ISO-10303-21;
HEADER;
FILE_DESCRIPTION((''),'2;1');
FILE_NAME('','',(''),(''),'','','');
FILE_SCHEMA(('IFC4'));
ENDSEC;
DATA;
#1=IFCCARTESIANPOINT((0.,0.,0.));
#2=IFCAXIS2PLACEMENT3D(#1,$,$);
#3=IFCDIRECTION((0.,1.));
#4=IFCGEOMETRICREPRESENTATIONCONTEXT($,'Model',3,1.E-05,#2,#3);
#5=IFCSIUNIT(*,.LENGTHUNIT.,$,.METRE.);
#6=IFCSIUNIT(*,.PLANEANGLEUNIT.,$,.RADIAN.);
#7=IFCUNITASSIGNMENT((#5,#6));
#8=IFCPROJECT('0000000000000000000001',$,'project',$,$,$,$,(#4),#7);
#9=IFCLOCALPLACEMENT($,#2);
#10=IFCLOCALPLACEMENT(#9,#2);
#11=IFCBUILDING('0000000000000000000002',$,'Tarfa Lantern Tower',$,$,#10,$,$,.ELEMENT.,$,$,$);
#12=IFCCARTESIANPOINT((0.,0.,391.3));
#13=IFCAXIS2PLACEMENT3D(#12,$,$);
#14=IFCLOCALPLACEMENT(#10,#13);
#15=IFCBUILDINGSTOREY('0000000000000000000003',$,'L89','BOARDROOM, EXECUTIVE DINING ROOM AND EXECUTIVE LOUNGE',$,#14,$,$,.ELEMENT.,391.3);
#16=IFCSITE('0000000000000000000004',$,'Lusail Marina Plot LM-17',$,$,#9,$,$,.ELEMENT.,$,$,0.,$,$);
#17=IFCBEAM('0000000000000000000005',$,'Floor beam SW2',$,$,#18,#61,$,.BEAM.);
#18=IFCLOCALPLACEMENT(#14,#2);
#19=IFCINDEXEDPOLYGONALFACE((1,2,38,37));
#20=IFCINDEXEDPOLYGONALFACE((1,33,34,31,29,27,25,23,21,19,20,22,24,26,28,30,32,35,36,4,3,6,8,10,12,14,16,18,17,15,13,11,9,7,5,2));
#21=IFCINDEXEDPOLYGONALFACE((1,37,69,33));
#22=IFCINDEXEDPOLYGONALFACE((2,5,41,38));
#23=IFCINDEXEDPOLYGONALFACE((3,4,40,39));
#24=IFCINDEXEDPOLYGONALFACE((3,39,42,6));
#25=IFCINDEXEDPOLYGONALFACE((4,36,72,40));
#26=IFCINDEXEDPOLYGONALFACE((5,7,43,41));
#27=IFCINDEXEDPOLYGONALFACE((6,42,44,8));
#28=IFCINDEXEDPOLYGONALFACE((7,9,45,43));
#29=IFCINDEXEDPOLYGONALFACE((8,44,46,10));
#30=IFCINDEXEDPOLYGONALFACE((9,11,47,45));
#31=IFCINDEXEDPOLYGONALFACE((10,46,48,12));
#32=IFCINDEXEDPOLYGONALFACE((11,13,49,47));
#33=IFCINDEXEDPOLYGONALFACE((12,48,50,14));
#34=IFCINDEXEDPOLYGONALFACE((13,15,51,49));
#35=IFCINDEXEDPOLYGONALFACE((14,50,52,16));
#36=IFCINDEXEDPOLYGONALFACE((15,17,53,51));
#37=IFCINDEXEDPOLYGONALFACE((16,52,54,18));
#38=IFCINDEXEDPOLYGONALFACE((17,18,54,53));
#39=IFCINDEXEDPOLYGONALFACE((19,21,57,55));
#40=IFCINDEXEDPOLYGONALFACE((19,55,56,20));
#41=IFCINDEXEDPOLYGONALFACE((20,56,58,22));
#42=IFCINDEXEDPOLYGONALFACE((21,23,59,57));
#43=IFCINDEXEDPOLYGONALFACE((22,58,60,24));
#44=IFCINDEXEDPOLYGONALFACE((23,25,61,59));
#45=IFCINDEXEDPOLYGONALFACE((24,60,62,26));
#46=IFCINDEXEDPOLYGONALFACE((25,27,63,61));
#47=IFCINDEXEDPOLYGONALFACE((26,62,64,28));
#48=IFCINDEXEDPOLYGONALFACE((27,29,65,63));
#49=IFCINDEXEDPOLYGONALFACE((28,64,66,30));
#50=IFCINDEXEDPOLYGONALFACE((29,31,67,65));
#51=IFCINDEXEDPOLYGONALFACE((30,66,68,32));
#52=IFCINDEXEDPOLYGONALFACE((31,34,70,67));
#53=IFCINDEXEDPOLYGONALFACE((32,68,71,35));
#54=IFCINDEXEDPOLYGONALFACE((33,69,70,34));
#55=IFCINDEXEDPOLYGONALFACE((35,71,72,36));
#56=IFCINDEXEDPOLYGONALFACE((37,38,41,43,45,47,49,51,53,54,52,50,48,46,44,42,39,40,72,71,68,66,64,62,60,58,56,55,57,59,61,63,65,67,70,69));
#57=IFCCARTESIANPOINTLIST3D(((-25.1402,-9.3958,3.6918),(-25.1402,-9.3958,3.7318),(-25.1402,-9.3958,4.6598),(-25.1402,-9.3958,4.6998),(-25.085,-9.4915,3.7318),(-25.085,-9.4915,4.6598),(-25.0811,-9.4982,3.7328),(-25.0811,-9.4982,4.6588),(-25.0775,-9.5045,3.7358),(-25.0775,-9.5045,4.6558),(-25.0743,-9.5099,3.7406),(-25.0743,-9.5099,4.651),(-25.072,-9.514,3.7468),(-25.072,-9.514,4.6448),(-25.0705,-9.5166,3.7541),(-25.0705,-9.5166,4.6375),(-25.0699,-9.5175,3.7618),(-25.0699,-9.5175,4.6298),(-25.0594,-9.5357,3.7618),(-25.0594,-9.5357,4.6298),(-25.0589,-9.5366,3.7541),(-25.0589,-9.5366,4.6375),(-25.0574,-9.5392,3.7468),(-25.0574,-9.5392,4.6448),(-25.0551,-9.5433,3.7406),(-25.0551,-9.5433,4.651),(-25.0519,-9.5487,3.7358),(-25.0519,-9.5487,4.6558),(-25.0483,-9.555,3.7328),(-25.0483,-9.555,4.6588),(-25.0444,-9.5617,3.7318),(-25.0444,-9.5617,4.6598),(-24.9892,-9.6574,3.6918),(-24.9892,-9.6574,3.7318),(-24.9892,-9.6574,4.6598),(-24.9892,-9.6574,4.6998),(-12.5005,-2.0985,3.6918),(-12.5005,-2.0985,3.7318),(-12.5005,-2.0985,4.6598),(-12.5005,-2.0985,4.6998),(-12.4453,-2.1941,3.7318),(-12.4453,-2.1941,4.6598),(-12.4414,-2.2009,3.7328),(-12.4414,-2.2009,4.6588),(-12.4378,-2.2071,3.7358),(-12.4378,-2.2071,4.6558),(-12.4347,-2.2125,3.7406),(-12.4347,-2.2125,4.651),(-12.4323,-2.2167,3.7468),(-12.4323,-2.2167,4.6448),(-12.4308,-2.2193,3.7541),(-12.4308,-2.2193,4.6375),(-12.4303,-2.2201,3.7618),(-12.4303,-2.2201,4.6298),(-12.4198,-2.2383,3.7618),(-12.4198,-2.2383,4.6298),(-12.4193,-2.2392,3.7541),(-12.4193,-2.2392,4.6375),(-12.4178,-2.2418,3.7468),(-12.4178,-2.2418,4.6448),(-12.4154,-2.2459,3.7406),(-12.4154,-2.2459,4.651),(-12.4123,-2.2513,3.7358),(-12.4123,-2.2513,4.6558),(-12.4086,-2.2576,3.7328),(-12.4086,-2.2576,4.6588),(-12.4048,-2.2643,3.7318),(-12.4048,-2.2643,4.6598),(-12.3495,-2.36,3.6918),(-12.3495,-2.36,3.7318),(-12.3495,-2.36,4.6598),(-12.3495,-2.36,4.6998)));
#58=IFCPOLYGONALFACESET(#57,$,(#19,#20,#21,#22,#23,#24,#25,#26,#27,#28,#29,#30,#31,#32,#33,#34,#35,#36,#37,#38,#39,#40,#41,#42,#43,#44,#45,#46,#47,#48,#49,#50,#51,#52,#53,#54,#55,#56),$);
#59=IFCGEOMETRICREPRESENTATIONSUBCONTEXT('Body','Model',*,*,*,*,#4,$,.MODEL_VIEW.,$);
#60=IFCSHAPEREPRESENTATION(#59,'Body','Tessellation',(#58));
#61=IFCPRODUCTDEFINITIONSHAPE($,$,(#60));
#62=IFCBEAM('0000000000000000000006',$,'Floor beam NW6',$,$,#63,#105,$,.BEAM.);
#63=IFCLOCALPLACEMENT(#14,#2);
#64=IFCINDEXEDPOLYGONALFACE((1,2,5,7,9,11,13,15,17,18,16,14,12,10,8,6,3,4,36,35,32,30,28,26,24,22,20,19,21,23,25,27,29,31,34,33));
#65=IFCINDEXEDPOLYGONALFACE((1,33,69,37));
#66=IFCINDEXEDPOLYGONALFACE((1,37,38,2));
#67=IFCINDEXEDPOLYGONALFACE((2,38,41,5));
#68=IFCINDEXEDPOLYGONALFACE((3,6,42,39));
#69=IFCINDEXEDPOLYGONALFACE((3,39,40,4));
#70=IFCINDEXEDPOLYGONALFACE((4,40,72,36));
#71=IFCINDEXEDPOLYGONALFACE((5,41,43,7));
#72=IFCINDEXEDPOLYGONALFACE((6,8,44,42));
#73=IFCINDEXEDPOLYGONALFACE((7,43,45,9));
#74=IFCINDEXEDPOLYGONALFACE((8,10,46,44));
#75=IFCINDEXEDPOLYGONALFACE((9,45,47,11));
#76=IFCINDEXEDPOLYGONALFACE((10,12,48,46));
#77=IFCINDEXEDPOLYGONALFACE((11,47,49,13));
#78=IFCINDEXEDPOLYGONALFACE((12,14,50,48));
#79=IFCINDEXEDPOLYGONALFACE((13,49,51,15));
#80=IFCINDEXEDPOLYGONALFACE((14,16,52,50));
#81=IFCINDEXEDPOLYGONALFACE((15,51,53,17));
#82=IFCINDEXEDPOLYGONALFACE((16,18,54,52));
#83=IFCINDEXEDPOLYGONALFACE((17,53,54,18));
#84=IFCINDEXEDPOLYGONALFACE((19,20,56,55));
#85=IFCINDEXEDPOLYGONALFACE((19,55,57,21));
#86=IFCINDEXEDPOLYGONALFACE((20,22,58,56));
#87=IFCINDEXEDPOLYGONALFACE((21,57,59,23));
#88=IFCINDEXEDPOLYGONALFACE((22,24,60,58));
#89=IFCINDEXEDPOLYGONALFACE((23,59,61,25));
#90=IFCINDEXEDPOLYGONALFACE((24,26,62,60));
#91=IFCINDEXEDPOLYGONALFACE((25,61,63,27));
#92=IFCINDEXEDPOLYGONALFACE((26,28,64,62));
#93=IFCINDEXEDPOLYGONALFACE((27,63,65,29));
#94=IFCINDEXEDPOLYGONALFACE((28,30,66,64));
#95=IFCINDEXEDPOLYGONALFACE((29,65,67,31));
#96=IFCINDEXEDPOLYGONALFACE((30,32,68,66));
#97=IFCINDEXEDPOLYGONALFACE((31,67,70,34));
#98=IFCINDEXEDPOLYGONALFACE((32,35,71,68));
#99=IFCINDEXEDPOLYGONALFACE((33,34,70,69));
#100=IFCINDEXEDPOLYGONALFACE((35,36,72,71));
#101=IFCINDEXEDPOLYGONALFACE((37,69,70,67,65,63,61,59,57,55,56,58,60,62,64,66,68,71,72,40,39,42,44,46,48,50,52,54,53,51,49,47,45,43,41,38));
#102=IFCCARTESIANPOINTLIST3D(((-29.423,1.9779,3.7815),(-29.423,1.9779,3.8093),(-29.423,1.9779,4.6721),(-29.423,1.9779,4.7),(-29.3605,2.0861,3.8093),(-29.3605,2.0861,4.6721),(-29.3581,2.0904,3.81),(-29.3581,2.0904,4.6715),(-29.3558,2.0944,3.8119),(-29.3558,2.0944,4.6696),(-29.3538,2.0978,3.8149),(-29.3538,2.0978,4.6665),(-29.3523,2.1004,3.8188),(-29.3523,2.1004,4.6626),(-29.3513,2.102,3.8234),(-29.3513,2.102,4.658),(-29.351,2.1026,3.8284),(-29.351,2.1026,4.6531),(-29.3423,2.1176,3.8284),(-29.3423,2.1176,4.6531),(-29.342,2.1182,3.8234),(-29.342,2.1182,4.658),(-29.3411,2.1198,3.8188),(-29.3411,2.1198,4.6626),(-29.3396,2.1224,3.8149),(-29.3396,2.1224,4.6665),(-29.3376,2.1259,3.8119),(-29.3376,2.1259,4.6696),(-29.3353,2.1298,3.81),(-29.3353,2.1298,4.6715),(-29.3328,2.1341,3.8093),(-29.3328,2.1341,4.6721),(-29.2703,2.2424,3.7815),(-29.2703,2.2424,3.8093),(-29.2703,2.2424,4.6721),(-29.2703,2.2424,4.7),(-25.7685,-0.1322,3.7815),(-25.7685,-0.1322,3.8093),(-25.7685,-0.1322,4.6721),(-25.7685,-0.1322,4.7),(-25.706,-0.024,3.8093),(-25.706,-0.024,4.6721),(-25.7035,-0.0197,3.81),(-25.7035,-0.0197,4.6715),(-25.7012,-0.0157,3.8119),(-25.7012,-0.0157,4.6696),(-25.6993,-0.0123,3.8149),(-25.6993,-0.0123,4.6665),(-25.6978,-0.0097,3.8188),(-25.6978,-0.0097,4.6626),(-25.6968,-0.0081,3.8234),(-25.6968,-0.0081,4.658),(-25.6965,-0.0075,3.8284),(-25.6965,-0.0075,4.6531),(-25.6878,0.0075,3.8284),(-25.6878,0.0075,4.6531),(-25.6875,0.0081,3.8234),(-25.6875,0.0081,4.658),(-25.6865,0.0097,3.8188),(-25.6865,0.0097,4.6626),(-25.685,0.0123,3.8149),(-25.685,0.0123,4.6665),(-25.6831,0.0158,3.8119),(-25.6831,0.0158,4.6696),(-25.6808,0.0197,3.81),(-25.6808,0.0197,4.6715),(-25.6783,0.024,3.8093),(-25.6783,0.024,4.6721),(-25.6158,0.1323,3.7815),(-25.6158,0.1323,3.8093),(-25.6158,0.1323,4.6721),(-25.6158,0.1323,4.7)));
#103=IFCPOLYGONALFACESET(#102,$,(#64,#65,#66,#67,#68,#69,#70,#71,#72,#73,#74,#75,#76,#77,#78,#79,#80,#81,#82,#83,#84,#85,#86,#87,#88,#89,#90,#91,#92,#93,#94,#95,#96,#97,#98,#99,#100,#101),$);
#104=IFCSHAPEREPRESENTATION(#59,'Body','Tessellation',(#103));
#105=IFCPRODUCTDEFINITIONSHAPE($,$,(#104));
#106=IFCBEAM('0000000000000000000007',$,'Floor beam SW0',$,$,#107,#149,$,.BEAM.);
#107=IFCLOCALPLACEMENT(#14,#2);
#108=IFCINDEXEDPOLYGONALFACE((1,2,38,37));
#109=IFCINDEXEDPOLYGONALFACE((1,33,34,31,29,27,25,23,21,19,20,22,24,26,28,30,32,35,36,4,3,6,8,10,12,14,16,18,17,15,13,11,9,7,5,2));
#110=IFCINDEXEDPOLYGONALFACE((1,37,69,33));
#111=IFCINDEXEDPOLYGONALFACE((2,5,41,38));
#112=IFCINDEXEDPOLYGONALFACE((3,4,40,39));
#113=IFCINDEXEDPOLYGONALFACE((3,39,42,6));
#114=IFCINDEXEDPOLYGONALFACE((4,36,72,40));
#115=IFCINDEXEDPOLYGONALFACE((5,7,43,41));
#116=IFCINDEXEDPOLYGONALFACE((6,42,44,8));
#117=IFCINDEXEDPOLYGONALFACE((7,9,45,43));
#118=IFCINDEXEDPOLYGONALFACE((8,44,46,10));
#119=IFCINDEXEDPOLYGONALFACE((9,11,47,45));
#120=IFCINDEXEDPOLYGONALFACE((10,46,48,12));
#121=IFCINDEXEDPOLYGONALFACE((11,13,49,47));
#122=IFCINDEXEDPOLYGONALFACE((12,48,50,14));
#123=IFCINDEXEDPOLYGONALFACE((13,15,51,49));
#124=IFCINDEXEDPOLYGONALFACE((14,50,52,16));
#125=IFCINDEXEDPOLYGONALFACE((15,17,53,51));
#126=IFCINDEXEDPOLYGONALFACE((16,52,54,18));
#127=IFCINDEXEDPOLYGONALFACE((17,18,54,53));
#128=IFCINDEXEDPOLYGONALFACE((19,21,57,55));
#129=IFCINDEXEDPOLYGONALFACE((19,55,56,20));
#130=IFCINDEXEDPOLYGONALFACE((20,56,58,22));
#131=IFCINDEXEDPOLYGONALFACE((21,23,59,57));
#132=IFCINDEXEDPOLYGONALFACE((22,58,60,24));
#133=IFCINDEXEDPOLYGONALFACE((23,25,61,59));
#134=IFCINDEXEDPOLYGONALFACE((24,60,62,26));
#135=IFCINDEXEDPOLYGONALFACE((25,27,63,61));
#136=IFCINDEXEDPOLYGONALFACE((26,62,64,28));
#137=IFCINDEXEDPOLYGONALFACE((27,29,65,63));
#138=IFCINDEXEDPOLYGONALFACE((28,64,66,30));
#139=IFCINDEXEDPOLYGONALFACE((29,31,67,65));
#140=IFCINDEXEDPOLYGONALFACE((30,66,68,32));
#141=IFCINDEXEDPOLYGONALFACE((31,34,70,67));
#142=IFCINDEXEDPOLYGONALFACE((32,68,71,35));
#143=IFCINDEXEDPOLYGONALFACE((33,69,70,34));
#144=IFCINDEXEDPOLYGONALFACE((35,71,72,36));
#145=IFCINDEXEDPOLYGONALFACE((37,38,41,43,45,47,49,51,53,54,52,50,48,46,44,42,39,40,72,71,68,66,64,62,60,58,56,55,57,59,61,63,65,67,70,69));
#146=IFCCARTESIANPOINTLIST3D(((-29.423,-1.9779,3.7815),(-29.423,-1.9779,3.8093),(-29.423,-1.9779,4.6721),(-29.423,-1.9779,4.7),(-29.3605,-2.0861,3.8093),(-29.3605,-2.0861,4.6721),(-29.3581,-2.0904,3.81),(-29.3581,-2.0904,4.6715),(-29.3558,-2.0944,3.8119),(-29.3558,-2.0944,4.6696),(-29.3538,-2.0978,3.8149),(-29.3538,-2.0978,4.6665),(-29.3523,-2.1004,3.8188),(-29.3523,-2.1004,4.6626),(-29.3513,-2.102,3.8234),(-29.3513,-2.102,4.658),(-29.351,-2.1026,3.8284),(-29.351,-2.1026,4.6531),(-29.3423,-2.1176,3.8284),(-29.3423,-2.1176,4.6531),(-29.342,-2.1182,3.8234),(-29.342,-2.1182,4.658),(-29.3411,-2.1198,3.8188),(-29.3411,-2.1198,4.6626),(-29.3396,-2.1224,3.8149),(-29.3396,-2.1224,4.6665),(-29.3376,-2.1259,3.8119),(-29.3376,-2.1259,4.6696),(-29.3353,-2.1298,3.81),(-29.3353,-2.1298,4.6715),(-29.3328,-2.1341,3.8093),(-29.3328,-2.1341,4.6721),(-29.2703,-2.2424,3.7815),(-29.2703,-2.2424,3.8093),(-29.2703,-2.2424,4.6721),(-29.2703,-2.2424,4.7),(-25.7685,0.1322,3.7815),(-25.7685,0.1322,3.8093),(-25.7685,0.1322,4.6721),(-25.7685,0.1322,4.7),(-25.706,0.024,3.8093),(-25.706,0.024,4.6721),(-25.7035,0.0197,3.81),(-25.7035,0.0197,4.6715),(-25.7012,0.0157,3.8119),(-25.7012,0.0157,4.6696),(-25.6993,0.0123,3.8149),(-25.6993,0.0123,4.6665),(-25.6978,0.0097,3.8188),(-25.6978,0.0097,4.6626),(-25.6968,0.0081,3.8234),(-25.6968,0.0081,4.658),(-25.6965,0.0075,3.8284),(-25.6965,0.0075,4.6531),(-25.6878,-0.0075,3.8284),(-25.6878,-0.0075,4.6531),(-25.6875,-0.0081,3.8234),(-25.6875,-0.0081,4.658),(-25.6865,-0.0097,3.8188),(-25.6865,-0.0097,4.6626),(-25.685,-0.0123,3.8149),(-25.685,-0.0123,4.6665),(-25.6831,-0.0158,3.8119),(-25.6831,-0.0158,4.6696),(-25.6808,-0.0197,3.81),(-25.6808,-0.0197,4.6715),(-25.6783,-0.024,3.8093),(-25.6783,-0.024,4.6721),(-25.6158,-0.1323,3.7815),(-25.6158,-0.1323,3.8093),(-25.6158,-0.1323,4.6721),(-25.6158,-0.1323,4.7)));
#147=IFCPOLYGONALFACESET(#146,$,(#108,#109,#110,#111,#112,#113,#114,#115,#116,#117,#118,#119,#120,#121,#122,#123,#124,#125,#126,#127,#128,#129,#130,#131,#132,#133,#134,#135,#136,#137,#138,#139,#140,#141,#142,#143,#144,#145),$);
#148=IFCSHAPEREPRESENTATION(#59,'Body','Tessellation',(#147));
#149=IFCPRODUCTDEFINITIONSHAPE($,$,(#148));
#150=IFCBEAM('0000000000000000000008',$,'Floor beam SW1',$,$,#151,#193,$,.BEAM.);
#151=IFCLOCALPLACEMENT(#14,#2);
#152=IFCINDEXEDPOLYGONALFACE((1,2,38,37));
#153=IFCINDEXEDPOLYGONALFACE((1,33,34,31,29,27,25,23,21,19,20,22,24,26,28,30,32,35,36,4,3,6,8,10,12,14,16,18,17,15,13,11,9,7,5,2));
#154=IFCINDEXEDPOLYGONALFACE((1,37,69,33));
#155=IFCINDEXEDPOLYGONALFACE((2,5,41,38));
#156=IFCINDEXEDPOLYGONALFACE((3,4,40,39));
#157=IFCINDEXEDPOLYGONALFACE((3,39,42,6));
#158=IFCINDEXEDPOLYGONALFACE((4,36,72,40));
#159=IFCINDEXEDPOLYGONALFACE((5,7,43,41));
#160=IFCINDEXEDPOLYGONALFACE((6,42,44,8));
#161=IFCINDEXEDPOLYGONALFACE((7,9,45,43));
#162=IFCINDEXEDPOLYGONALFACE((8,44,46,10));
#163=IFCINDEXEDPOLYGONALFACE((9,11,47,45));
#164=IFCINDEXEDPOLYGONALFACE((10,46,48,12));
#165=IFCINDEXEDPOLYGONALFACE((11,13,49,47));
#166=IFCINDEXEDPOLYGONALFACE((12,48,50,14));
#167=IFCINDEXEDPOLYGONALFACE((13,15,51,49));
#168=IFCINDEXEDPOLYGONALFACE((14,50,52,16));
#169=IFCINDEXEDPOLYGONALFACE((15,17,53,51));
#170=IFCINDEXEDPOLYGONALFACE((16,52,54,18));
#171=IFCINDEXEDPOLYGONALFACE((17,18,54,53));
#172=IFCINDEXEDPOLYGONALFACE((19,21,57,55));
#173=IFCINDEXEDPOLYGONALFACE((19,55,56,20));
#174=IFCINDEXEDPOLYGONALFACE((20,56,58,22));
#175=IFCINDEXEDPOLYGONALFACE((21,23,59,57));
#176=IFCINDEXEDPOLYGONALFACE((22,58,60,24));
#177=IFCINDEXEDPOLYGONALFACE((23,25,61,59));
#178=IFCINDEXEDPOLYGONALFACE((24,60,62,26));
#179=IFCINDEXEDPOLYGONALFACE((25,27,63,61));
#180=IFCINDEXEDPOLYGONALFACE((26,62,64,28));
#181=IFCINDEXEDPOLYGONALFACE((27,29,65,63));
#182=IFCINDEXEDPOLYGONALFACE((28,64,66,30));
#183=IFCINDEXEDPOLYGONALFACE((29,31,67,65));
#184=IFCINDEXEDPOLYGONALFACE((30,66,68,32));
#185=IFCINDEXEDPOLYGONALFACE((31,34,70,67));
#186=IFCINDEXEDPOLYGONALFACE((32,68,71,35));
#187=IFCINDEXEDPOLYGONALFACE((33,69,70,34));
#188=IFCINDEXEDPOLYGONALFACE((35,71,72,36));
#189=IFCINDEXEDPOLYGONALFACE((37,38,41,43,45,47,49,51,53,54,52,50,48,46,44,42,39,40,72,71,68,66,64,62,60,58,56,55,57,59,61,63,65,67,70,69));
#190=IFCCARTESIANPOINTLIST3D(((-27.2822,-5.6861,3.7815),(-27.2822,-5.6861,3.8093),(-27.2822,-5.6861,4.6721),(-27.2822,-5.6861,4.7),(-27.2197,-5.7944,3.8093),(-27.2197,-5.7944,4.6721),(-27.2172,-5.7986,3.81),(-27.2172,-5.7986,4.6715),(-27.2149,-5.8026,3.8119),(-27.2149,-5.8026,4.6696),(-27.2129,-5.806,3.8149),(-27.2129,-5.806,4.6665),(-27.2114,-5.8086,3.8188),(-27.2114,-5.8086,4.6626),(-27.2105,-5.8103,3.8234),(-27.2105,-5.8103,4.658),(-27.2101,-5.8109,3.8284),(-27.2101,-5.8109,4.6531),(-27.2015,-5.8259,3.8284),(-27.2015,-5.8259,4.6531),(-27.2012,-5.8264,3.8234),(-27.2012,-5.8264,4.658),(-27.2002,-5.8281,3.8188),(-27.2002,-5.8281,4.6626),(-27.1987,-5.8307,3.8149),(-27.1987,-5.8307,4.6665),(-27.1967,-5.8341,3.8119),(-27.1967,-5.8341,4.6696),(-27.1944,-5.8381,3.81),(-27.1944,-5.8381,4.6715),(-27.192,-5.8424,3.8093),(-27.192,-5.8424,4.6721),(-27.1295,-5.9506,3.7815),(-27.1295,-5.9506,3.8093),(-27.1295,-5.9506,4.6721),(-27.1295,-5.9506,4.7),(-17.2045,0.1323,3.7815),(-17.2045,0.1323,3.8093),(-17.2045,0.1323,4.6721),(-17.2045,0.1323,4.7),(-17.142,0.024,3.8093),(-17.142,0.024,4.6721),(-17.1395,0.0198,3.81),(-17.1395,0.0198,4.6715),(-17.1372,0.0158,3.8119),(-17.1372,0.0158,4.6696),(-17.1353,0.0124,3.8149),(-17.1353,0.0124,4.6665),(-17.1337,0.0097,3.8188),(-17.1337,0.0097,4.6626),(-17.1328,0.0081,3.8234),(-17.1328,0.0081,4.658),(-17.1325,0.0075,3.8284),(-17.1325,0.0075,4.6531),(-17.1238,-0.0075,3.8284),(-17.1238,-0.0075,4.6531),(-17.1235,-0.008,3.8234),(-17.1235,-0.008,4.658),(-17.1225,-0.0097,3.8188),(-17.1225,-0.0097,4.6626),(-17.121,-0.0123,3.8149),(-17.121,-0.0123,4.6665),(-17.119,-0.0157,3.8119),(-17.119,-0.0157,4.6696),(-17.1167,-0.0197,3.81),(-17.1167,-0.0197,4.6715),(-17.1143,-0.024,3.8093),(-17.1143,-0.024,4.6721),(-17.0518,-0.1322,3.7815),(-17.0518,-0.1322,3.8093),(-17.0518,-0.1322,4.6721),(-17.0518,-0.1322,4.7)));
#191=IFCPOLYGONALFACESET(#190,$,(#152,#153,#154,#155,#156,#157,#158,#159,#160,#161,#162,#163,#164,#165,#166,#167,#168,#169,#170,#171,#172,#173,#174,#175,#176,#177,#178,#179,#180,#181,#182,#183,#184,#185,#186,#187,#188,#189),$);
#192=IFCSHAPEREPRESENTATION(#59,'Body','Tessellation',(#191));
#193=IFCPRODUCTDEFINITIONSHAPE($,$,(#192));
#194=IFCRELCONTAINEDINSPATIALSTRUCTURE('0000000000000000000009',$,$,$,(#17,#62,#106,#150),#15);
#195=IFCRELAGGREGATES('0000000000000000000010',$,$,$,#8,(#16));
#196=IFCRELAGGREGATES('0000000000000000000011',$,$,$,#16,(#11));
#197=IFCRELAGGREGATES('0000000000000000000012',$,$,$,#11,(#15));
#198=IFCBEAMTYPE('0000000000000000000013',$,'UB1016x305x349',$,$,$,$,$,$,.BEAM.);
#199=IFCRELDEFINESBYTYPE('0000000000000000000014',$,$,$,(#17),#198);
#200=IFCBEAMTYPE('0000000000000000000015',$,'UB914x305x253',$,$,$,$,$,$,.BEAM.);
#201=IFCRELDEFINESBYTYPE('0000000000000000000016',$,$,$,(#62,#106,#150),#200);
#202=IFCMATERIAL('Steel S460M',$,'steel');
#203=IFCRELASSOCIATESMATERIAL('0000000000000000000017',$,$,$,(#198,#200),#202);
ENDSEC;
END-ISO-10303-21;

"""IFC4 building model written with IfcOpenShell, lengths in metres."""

from ifc_helpers import new_model, si_unit, direction, frame, origin, origin_2d, place, context, subcontext, project, spatial, i_section, extrude, material, material_profile, profile_set, type_object, element, save


model = new_model("IFC4")

# Units and contexts
model_context = context("Model", 3, precision=1e-05, world=origin(), true_north=direction((0.0, 1.0)))
body_context = subcontext(model_context, "Body", "Model", "MODEL_VIEW")
ifc_project = project(units=[si_unit("LENGTHUNIT", "METRE"), si_unit("PLANEANGLEUNIT", "RADIAN")], contexts=[model_context])

# Site, building, storey
site_placement = place(None, origin())
site = spatial("IfcSite", under=ifc_project, at=site_placement, Name="Lusail Marina Plot LM-17", CompositionType="ELEMENT", RefElevation=0.0)
building_placement = place(site_placement, origin())
building = spatial("IfcBuilding", under=site, at=building_placement, Name="Tarfa Lantern Tower", CompositionType="ELEMENT")
storey_placement = place(building_placement, frame((0.0, 0.0, 391.3)))
storey = spatial("IfcBuildingStorey", under=building, at=storey_placement, Name="L89", Description="BOARDROOM, EXECUTIVE DINING ROOM AND EXECUTIVE LOUNGE", CompositionType="ELEMENT", Elevation=391.3)

# Beams
ifc_material_1 = material(Name="Steel S460M", Category="steel")
ifc_material_profile_1 = material_profile(ifc_material_1, i_section(OverallWidth=0.302, OverallDepth=1.0081, WebThickness=0.021, FlangeThickness=0.04, FilletRadius=0.03, at=origin_2d()), Name="UB1016x305x349")
ifc_profile_set_1 = profile_set([ifc_material_profile_1], Name="Steel S460M")
beam_type_1 = type_object("IfcBeamType", Name="UB1016x305x349", PredefinedType="BEAM", material=ifc_profile_set_1)
beam_1_placement = place(storey_placement, frame((-25.0647, -9.5266, 4.1958), z_axis=(0.86603, 0.499993, 0.0), x_axis=(-0.499993, 0.86603, 0.0)))
element("IfcBeam", 1, at=beam_1_placement, inside=storey, type_object=beam_type_1, Name="Floor beam SW2", PredefinedType="BEAM", context=body_context, shape_type="SweptSolid", body=[
    extrude(i_section(OverallWidth=0.302, OverallDepth=1.0081, WebThickness=0.021, FlangeThickness=0.04, FilletRadius=0.03, at=origin_2d()), origin(), (0.0, 0.0, 1.0), 14.595),
])
ifc_material_profile_2 = material_profile(ifc_material_1, i_section(OverallWidth=0.3054, OverallDepth=0.9185, WebThickness=0.0173, FlangeThickness=0.0278, FilletRadius=0.019, at=origin_2d()), Name="UB914x305x253")
ifc_profile_set_2 = profile_set([ifc_material_profile_2], Name="Steel S460M")
beam_type_2 = type_object("IfcBeamType", Name="UB914x305x253", PredefinedType="BEAM", material=ifc_profile_set_2)
for number, where, z_axis, x_axis, name in (
    (2, (-29.3467, 2.1101, 4.2407), (0.866009, -0.500028, 0.0), (0.500028, 0.866009, 0.0), "Floor beam NW6"),
    (3, (-29.3467, -2.1101, 4.2407), (0.866009, 0.500028, 0.0), (-0.500028, 0.866009, 0.0), "Floor beam SW0"),
):
    element("IfcBeam", number, at=place(storey_placement, frame(where, z_axis=z_axis, x_axis=x_axis)), inside=storey, type_object=beam_type_2, Name=name, PredefinedType="BEAM", context=body_context, shape_type="SweptSolid", body=[
        extrude(i_section(OverallWidth=0.3054, OverallDepth=0.9185, WebThickness=0.0173, FlangeThickness=0.0278, FilletRadius=0.019, at=origin_2d()), origin(), (0.0, 0.0, 1.0), 4.22),
    ])
beam_2_placement = place(storey_placement, frame((-27.2058, -5.8184, 4.2407), z_axis=(0.866024, 0.500002, 0.0), x_axis=(-0.500002, 0.866024, 0.0)))
element("IfcBeam", 4, at=beam_2_placement, inside=storey, type_object=beam_type_2, Name="Floor beam SW1", PredefinedType="BEAM", context=body_context, shape_type="SweptSolid", body=[
    extrude(i_section(OverallWidth=0.3054, OverallDepth=0.9185, WebThickness=0.0173, FlangeThickness=0.0278, FilletRadius=0.019, at=origin_2d()), origin(), (0.0, 0.0, 1.0), 11.6367),
])

save(model, "model.ifc")
